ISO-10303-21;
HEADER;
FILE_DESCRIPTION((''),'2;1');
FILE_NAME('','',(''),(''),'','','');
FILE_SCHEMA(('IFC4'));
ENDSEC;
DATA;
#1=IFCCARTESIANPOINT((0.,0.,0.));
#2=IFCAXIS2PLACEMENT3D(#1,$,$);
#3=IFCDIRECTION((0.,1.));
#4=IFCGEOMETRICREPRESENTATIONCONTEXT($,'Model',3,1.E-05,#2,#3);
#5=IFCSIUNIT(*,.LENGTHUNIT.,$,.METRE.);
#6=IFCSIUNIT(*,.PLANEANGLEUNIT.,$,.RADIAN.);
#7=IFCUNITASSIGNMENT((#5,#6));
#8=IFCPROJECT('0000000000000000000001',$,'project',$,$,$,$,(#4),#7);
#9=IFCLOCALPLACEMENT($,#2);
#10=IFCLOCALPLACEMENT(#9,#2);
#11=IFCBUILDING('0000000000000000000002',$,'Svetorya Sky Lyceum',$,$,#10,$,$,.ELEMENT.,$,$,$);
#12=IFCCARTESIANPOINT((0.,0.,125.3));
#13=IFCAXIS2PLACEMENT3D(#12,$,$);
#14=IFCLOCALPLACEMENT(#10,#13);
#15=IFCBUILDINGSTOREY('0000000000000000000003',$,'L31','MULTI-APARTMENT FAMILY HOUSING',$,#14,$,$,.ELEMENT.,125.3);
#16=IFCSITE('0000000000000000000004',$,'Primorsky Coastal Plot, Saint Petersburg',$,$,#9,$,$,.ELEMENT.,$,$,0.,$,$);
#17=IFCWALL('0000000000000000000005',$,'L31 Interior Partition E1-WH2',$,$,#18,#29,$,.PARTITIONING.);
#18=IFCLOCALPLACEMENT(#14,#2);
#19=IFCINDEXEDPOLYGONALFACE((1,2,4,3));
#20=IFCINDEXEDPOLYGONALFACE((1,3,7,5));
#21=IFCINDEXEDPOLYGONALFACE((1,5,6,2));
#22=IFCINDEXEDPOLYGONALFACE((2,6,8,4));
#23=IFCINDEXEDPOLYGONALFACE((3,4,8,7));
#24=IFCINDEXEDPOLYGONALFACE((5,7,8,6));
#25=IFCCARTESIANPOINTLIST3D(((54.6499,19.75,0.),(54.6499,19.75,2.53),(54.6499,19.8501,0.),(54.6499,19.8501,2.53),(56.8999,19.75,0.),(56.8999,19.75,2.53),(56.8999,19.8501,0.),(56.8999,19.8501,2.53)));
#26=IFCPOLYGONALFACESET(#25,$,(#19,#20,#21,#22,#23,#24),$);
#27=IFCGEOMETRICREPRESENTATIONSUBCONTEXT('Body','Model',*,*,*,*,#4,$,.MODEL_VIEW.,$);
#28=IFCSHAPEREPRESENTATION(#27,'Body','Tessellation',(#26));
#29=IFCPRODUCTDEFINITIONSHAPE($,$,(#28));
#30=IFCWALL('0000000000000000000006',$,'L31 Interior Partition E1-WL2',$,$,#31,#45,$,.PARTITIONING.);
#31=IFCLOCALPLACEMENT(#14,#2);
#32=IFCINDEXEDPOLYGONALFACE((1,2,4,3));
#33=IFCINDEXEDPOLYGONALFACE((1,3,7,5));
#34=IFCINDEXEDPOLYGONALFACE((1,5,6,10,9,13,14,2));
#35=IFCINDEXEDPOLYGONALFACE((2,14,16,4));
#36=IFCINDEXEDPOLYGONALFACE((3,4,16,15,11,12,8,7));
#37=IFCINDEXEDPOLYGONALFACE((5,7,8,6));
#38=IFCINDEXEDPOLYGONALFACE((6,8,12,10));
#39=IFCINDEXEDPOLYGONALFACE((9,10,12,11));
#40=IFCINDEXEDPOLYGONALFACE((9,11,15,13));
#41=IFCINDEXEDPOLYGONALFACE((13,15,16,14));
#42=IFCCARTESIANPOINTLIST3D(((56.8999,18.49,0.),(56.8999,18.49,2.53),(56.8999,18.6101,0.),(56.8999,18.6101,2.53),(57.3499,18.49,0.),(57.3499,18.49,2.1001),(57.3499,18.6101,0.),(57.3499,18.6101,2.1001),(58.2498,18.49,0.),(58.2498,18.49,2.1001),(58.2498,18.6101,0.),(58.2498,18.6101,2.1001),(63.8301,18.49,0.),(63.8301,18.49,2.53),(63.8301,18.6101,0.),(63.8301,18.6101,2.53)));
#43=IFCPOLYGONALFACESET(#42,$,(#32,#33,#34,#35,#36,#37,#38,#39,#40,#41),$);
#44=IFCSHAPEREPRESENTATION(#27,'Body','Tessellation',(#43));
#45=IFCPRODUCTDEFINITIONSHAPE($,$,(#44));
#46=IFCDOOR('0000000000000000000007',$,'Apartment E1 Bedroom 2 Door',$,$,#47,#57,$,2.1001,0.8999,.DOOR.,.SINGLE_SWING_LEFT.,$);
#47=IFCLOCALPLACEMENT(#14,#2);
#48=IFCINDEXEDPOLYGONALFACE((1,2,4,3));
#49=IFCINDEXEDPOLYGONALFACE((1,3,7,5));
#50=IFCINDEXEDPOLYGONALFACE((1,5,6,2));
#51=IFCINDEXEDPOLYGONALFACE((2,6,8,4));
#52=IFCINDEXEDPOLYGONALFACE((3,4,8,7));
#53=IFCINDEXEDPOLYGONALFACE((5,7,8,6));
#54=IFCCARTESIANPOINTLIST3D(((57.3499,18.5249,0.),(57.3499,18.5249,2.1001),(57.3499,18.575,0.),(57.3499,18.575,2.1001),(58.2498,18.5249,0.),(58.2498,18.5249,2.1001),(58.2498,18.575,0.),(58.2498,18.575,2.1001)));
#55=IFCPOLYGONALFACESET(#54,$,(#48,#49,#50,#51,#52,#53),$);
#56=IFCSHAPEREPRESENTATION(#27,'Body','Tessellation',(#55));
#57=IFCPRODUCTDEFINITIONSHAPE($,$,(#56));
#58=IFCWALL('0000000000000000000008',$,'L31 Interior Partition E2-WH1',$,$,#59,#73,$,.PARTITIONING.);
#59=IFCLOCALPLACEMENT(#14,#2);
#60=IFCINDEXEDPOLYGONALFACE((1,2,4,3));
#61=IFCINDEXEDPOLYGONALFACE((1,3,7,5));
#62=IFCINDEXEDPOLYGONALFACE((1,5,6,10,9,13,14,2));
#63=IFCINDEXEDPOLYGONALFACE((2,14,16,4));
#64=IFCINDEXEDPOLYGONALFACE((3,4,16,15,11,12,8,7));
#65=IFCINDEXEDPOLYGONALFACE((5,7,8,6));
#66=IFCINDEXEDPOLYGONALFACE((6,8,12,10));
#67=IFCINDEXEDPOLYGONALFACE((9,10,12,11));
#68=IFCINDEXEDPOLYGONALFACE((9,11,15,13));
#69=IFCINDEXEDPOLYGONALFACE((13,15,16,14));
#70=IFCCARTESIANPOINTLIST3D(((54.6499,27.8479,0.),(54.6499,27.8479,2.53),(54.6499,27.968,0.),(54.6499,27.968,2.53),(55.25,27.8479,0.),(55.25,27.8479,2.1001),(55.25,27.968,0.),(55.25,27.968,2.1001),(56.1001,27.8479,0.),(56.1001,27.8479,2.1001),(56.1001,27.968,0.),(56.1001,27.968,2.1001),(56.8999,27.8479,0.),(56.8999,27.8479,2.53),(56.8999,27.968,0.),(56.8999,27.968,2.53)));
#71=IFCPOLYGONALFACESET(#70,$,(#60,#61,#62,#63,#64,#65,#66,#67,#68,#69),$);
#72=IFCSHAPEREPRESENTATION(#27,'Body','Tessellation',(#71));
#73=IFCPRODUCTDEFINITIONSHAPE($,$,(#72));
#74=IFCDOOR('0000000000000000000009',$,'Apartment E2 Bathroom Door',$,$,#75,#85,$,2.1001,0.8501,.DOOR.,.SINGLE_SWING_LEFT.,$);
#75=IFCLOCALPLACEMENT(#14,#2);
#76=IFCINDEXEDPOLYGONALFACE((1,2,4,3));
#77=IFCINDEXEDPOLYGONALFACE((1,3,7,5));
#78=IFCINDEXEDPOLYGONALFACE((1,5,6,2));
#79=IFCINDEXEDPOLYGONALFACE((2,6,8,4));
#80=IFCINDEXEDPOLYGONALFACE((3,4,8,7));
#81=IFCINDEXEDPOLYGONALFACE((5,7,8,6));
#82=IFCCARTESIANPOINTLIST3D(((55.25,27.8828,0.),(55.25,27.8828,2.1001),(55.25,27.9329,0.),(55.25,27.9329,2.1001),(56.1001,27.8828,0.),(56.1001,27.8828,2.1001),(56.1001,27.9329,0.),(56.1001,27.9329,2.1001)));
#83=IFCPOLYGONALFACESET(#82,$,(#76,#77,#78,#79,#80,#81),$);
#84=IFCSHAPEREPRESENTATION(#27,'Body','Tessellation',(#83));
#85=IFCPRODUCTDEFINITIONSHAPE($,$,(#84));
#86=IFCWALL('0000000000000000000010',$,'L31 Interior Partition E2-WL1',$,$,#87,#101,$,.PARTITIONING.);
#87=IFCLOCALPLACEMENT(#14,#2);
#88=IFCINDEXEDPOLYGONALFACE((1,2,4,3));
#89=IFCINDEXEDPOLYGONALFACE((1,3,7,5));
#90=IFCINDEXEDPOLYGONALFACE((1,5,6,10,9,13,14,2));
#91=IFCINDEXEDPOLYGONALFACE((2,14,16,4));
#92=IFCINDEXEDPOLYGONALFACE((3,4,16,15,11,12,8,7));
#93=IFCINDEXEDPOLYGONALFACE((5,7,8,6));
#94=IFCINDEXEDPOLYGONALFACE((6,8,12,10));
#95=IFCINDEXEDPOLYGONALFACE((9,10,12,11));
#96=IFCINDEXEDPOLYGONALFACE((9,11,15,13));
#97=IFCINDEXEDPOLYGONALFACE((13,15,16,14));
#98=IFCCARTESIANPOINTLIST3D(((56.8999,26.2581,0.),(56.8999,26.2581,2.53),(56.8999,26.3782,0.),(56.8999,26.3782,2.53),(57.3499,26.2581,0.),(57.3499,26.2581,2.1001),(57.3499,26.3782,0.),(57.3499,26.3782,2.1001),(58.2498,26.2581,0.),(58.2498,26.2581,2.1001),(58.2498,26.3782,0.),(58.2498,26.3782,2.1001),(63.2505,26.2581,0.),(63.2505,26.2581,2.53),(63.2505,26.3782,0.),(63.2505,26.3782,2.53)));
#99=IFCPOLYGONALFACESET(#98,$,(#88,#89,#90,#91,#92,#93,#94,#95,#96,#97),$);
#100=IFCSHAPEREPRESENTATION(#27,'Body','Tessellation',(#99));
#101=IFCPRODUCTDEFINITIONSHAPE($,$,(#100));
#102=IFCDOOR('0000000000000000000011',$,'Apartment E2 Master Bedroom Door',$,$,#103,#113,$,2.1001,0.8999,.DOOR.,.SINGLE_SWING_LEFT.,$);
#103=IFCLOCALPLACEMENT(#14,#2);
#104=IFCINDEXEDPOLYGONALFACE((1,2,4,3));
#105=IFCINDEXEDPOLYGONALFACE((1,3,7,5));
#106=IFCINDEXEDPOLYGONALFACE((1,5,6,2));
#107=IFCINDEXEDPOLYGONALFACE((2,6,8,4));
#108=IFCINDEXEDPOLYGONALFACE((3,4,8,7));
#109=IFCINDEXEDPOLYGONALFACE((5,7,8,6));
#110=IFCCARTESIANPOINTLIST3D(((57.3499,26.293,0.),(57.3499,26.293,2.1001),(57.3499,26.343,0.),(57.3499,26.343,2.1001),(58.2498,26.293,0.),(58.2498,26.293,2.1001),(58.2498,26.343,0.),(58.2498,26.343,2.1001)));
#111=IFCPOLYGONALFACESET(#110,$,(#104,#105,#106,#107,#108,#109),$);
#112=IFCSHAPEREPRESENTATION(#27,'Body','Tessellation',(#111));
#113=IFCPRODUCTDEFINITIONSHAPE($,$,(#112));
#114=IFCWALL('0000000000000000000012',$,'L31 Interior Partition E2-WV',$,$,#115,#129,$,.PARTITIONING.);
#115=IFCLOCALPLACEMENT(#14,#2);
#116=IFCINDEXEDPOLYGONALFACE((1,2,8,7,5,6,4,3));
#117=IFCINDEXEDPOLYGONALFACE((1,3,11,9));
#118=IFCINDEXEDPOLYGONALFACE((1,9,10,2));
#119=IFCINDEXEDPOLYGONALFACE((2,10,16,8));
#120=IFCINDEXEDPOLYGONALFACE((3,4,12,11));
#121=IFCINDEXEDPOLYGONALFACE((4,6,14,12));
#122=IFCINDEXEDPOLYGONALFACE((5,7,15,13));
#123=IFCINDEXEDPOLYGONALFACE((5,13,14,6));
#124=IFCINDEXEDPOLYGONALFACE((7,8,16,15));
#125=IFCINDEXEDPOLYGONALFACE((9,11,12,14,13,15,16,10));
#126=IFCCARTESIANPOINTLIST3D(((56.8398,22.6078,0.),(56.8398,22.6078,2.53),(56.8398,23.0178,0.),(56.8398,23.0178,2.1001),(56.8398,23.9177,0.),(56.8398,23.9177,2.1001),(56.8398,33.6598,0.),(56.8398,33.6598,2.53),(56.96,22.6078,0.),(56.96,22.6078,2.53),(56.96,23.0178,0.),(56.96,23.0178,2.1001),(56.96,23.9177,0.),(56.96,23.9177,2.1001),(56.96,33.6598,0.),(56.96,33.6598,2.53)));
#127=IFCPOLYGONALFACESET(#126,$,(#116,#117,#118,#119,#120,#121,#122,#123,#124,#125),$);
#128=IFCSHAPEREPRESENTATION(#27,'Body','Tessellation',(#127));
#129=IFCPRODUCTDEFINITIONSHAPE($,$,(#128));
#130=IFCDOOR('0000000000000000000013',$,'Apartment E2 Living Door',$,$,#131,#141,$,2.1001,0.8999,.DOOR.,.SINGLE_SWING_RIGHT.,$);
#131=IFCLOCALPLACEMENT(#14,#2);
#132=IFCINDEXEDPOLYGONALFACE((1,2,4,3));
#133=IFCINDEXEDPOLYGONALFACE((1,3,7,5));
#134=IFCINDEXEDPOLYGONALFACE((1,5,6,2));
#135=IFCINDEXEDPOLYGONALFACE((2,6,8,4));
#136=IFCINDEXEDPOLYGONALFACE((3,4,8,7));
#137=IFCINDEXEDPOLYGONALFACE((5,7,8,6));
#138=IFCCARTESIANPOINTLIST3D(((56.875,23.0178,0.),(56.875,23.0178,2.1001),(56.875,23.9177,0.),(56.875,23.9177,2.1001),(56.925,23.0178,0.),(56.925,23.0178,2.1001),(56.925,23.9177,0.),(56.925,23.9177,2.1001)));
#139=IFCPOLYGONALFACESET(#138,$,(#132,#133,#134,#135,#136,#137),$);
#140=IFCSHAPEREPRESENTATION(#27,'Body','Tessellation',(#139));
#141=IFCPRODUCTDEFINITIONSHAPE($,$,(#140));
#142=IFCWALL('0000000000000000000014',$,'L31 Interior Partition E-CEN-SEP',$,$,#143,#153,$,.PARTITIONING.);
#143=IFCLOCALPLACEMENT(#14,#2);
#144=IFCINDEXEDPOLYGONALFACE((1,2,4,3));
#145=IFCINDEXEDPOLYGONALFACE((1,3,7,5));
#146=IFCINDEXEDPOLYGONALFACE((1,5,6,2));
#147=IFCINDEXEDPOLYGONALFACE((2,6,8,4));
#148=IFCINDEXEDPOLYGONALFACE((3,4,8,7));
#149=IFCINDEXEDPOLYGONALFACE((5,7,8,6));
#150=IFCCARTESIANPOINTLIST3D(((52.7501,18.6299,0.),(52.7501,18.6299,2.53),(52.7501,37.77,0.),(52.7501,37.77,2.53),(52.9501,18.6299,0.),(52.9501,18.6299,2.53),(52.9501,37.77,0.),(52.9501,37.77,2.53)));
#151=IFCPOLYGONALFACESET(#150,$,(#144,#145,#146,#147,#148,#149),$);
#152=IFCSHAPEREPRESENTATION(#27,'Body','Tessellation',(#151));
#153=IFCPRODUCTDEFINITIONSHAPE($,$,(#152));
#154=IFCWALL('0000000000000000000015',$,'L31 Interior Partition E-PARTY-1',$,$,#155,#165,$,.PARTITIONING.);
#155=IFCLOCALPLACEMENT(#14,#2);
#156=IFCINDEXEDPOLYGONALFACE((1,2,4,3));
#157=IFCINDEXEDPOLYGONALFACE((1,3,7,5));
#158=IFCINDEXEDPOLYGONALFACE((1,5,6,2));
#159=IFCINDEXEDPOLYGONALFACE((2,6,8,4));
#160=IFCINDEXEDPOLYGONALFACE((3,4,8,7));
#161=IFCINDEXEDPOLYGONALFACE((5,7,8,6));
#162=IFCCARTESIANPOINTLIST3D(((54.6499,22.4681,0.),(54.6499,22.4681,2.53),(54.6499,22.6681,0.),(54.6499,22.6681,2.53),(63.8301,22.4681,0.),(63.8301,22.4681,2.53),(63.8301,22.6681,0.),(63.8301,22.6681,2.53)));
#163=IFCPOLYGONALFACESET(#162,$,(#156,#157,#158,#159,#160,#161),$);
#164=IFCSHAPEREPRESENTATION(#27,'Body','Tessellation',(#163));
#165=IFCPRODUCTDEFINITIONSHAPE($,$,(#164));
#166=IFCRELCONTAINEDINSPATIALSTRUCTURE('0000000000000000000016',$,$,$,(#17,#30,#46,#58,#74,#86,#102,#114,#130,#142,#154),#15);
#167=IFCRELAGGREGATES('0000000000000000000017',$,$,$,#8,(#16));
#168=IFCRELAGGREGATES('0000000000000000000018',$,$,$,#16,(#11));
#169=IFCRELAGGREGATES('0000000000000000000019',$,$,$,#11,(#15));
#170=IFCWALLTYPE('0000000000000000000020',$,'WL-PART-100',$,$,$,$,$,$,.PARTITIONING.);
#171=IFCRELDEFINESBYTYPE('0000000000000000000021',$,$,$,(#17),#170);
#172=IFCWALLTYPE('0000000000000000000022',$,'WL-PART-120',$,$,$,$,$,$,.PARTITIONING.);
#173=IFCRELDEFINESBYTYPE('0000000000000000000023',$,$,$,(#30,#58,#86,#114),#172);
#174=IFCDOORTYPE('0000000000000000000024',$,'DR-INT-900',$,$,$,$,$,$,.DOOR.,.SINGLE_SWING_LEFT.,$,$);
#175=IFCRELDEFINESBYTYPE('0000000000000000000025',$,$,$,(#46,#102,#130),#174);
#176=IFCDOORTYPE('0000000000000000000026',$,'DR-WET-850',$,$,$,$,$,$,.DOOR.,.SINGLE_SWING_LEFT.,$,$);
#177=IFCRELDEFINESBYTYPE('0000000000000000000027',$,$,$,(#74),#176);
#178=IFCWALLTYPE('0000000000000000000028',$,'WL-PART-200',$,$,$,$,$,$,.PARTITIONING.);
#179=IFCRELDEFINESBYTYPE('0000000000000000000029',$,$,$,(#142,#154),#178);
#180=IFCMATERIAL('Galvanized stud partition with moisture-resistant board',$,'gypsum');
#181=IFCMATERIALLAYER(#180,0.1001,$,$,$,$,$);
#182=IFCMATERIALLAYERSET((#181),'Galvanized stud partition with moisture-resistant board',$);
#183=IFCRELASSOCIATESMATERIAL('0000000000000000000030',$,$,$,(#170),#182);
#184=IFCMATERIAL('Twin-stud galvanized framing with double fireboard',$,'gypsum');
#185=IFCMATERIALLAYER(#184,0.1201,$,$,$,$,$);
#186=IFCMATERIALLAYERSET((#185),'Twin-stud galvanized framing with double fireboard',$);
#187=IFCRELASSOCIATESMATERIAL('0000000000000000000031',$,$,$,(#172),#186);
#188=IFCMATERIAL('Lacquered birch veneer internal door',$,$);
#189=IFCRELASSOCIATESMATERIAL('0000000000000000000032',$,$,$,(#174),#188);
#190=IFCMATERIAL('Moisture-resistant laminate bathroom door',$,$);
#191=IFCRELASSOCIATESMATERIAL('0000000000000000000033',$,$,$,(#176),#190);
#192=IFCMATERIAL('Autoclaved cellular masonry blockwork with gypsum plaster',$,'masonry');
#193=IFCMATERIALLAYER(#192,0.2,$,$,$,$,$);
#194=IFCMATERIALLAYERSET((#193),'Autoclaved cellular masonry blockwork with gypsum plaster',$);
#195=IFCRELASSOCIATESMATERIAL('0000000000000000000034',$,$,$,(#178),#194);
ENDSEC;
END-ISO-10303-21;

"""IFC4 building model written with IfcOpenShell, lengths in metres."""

from ifc_helpers import new_model, si_unit, direction, frame, frame_2d, origin, place, context, subcontext, project, spatial, rectangle, extrude, material, layer, layer_set, type_object, element, fill, save


model = new_model("IFC4")

# Units and contexts
model_context = context("Model", 3, precision=1e-05, world=origin(), true_north=direction((0.0, 1.0)))
body_context = subcontext(model_context, "Body", "Model", "MODEL_VIEW")
ifc_project = project(units=[si_unit("LENGTHUNIT", "METRE"), si_unit("PLANEANGLEUNIT", "RADIAN")], contexts=[model_context])

# Site, building, storey
site_placement = place(None, origin())
site = spatial("IfcSite", under=ifc_project, at=site_placement, Name="Primorsky Coastal Plot, Saint Petersburg", CompositionType="ELEMENT", RefElevation=0.0)
building_placement = place(site_placement, origin())
building = spatial("IfcBuilding", under=site, at=building_placement, Name="Svetorya Sky Lyceum", CompositionType="ELEMENT")
storey_placement = place(building_placement, frame((0.0, 0.0, 125.3)))
storey = spatial("IfcBuildingStorey", under=building, at=storey_placement, Name="L31", Description="MULTI-APARTMENT FAMILY HOUSING", CompositionType="ELEMENT", Elevation=125.3)

# Wall
ifc_material_1 = material(Name="Galvanized stud partition with moisture-resistant board", Category="gypsum")
ifc_layer_1 = layer(ifc_material_1, 0.1001)
ifc_layer_set_1 = layer_set([ifc_layer_1], Name="Galvanized stud partition with moisture-resistant board")
wall_type_1 = type_object("IfcWallType", Name="WL-PART-100", PredefinedType="PARTITIONING", material=ifc_layer_set_1)
wall_1_placement = place(storey_placement, frame((54.6499, 19.8, 0.0), z_axis=(0.0, 0.0, 1.0), x_axis=(1.0, 0.0, 0.0)))
element("IfcWall", 1, at=wall_1_placement, inside=storey, type_object=wall_type_1, Name="L31 Interior Partition E1-WH2", PredefinedType="PARTITIONING", context=body_context, shape_type="SweptSolid", body=[
    extrude(rectangle(XDim=2.25, YDim=0.1001, at=frame_2d((1.125, 0.0))), origin(), (0.0, 0.0, 1.0), 2.53),
])

# Walls, openings, doors
ifc_material_2 = material(Name="Twin-stud galvanized framing with double fireboard", Category="gypsum")
ifc_layer_2 = layer(ifc_material_2, 0.1201)
ifc_layer_set_2 = layer_set([ifc_layer_2], Name="Twin-stud galvanized framing with double fireboard")
wall_type_2 = type_object("IfcWallType", Name="WL-PART-120", PredefinedType="PARTITIONING", material=ifc_layer_set_2)
wall_2_placement = place(storey_placement, frame((56.8999, 18.55, 0.0), z_axis=(0.0, 0.0, 1.0), x_axis=(1.0, 0.0, 0.0)))
wall_2 = element("IfcWall", 2, at=wall_2_placement, inside=storey, type_object=wall_type_2, Name="L31 Interior Partition E1-WL2", PredefinedType="PARTITIONING", context=body_context, shape_type="SweptSolid", body=[
    extrude(rectangle(XDim=6.9302, YDim=0.1201, at=frame_2d((3.4651, 0.0))), origin(), (0.0, 0.0, 1.0), 2.53),
])
opening_1_placement = place(wall_2_placement, frame((0.45, 0.0, 0.0)))
opening_1 = element("IfcOpeningElement", 3, at=opening_1_placement, cuts=wall_2, PredefinedType="OPENING", context=body_context, shape_type="SweptSolid", body=[
    extrude(rectangle(XDim=0.8999, YDim=2.1001, at=frame_2d((0.45, 1.05))), frame((0.0, 0.0701, 0.0), z_axis=(0.0, -1.0, 0.0), x_axis=(1.0, 0.0, 0.0)), (0.0, 0.0, 1.0), 0.1401),
])
ifc_material_3 = material(Name="Lacquered birch veneer internal door")
door_type_1 = type_object("IfcDoorType", Name="DR-INT-900", OperationType="SINGLE_SWING_LEFT", PredefinedType="DOOR", material=ifc_material_3)
door_1_placement = place(opening_1_placement, origin())
door_1 = element("IfcDoor", 4, at=door_1_placement, inside=storey, type_object=door_type_1, Name="Apartment E1 Bedroom 2 Door", OperationType="SINGLE_SWING_LEFT", OverallHeight=2.1001, OverallWidth=0.8999, PredefinedType="DOOR", context=body_context, shape_type="SweptSolid", body=[
    extrude(rectangle(XDim=0.8999, YDim=2.1001, at=frame_2d((0.45, 1.05))), frame((0.0, 0.0249, 0.0), z_axis=(0.0, -1.0, 0.0), x_axis=(1.0, 0.0, 0.0)), (0.0, 0.0, 1.0), 0.05),
])
fill(opening_1, door_1)
wall_3_placement = place(storey_placement, frame((54.6499, 27.908, 0.0), z_axis=(0.0, 0.0, 1.0), x_axis=(1.0, 0.0, 0.0)))
wall_3 = element("IfcWall", 5, at=wall_3_placement, inside=storey, type_object=wall_type_2, Name="L31 Interior Partition E2-WH1", PredefinedType="PARTITIONING", context=body_context, shape_type="SweptSolid", body=[
    extrude(rectangle(XDim=2.25, YDim=0.1201, at=frame_2d((1.125, 0.0))), origin(), (0.0, 0.0, 1.0), 2.53),
])
opening_2_placement = place(wall_3_placement, frame((0.6001, 0.0, 0.0)))
opening_2 = element("IfcOpeningElement", 6, at=opening_2_placement, cuts=wall_3, PredefinedType="OPENING", context=body_context, shape_type="SweptSolid", body=[
    extrude(rectangle(XDim=0.8501, YDim=2.1001, at=frame_2d((0.425, 1.05))), frame((0.0, 0.0701, 0.0), z_axis=(0.0, -1.0, 0.0), x_axis=(1.0, 0.0, 0.0)), (0.0, 0.0, 1.0), 0.1401),
])
ifc_material_4 = material(Name="Moisture-resistant laminate bathroom door")
door_type_2 = type_object("IfcDoorType", Name="DR-WET-850", OperationType="SINGLE_SWING_LEFT", PredefinedType="DOOR", material=ifc_material_4)
door_2_placement = place(opening_2_placement, origin())
door_2 = element("IfcDoor", 7, at=door_2_placement, inside=storey, type_object=door_type_2, Name="Apartment E2 Bathroom Door", OperationType="SINGLE_SWING_LEFT", OverallHeight=2.1001, OverallWidth=0.8501, PredefinedType="DOOR", context=body_context, shape_type="SweptSolid", body=[
    extrude(rectangle(XDim=0.8501, YDim=2.1001, at=frame_2d((0.425, 1.05))), frame((0.0, 0.0249, 0.0), z_axis=(0.0, -1.0, 0.0), x_axis=(1.0, 0.0, 0.0)), (0.0, 0.0, 1.0), 0.05),
])
fill(opening_2, door_2)
wall_4_placement = place(storey_placement, frame((56.8999, 26.3181, 0.0), z_axis=(0.0, 0.0, 1.0), x_axis=(1.0, 0.0, 0.0)))
wall_4 = element("IfcWall", 8, at=wall_4_placement, inside=storey, type_object=wall_type_2, Name="L31 Interior Partition E2-WL1", PredefinedType="PARTITIONING", context=body_context, shape_type="SweptSolid", body=[
    extrude(rectangle(XDim=6.3506, YDim=0.1201, at=frame_2d((3.1753, 0.0))), origin(), (0.0, 0.0, 1.0), 2.53),
])
opening_3_placement = place(wall_4_placement, frame((0.45, 0.0, 0.0)))
opening_3 = element("IfcOpeningElement", 9, at=opening_3_placement, cuts=wall_4, PredefinedType="OPENING", context=body_context, shape_type="SweptSolid", body=[
    extrude(rectangle(XDim=0.8999, YDim=2.1001, at=frame_2d((0.45, 1.05))), frame((0.0, 0.0701, 0.0), z_axis=(0.0, -1.0, 0.0), x_axis=(1.0, 0.0, 0.0)), (0.0, 0.0, 1.0), 0.1401),
])
door_3_placement = place(opening_3_placement, origin())
door_3 = element("IfcDoor", 10, at=door_3_placement, inside=storey, type_object=door_type_1, Name="Apartment E2 Master Bedroom Door", OperationType="SINGLE_SWING_LEFT", OverallHeight=2.1001, OverallWidth=0.8999, PredefinedType="DOOR", context=body_context, shape_type="SweptSolid", body=[
    extrude(rectangle(XDim=0.8999, YDim=2.1001, at=frame_2d((0.45, 1.05))), frame((0.0, 0.0249, 0.0), z_axis=(0.0, -1.0, 0.0), x_axis=(1.0, 0.0, 0.0)), (0.0, 0.0, 1.0), 0.05),
])
fill(opening_3, door_3)
wall_5_placement = place(storey_placement, frame((56.8999, 22.6079, 0.0), z_axis=(0.0, 0.0, 1.0), x_axis=(0.0, 1.0, 0.0)))
wall_5 = element("IfcWall", 11, at=wall_5_placement, inside=storey, type_object=wall_type_2, Name="L31 Interior Partition E2-WV", PredefinedType="PARTITIONING", context=body_context, shape_type="SweptSolid", body=[
    extrude(rectangle(XDim=11.052, YDim=0.1201, at=frame_2d((5.5259, 0.0))), origin(), (0.0, 0.0, 1.0), 2.53),
])
opening_4_placement = place(wall_5_placement, frame((0.4099, 0.0, 0.0)))
opening_4 = element("IfcOpeningElement", 12, at=opening_4_placement, cuts=wall_5, PredefinedType="OPENING", context=body_context, shape_type="SweptSolid", body=[
    extrude(rectangle(XDim=0.8999, YDim=2.1001, at=frame_2d((0.45, 1.05))), frame((0.0, 0.0701, 0.0), z_axis=(0.0, -1.0, 0.0), x_axis=(1.0, 0.0, 0.0)), (0.0, 0.0, 1.0), 0.1401),
])
door_4_placement = place(opening_4_placement, origin())
door_4 = element("IfcDoor", 13, at=door_4_placement, inside=storey, type_object=door_type_1, Name="Apartment E2 Living Door", OperationType="SINGLE_SWING_RIGHT", OverallHeight=2.1001, OverallWidth=0.8999, PredefinedType="DOOR", context=body_context, shape_type="SweptSolid", body=[
    extrude(rectangle(XDim=0.8999, YDim=2.1001, at=frame_2d((0.45, 1.05))), frame((0.0, 0.0249, 0.0), z_axis=(0.0, -1.0, 0.0), x_axis=(1.0, 0.0, 0.0)), (0.0, 0.0, 1.0), 0.05),
])
fill(opening_4, door_4)

# Walls
ifc_material_5 = material(Name="Autoclaved cellular masonry blockwork with gypsum plaster", Category="masonry")
ifc_layer_3 = layer(ifc_material_5, 0.2)
ifc_layer_set_3 = layer_set([ifc_layer_3], Name="Autoclaved cellular masonry blockwork with gypsum plaster")
wall_type_3 = type_object("IfcWallType", Name="WL-PART-200", PredefinedType="PARTITIONING", material=ifc_layer_set_3)
wall_6_placement = place(storey_placement, frame((52.8501, 18.6299, 0.0), z_axis=(0.0, 0.0, 1.0), x_axis=(0.0, 1.0, 0.0)))
element("IfcWall", 14, at=wall_6_placement, inside=storey, type_object=wall_type_3, Name="L31 Interior Partition E-CEN-SEP", PredefinedType="PARTITIONING", context=body_context, shape_type="SweptSolid", body=[
    extrude(rectangle(XDim=19.1401, YDim=0.2, at=frame_2d((9.5701, 0.0))), origin(), (0.0, 0.0, 1.0), 2.53),
])
wall_7_placement = place(storey_placement, frame((54.6499, 22.5681, 0.0), z_axis=(0.0, 0.0, 1.0), x_axis=(1.0, 0.0, 0.0)))
element("IfcWall", 15, at=wall_7_placement, inside=storey, type_object=wall_type_3, Name="L31 Interior Partition E-PARTY-1", PredefinedType="PARTITIONING", context=body_context, shape_type="SweptSolid", body=[
    extrude(rectangle(XDim=9.1802, YDim=0.2, at=frame_2d((4.5901, 0.0))), origin(), (0.0, 0.0, 1.0), 2.53),
])

save(model, "model.ifc")
